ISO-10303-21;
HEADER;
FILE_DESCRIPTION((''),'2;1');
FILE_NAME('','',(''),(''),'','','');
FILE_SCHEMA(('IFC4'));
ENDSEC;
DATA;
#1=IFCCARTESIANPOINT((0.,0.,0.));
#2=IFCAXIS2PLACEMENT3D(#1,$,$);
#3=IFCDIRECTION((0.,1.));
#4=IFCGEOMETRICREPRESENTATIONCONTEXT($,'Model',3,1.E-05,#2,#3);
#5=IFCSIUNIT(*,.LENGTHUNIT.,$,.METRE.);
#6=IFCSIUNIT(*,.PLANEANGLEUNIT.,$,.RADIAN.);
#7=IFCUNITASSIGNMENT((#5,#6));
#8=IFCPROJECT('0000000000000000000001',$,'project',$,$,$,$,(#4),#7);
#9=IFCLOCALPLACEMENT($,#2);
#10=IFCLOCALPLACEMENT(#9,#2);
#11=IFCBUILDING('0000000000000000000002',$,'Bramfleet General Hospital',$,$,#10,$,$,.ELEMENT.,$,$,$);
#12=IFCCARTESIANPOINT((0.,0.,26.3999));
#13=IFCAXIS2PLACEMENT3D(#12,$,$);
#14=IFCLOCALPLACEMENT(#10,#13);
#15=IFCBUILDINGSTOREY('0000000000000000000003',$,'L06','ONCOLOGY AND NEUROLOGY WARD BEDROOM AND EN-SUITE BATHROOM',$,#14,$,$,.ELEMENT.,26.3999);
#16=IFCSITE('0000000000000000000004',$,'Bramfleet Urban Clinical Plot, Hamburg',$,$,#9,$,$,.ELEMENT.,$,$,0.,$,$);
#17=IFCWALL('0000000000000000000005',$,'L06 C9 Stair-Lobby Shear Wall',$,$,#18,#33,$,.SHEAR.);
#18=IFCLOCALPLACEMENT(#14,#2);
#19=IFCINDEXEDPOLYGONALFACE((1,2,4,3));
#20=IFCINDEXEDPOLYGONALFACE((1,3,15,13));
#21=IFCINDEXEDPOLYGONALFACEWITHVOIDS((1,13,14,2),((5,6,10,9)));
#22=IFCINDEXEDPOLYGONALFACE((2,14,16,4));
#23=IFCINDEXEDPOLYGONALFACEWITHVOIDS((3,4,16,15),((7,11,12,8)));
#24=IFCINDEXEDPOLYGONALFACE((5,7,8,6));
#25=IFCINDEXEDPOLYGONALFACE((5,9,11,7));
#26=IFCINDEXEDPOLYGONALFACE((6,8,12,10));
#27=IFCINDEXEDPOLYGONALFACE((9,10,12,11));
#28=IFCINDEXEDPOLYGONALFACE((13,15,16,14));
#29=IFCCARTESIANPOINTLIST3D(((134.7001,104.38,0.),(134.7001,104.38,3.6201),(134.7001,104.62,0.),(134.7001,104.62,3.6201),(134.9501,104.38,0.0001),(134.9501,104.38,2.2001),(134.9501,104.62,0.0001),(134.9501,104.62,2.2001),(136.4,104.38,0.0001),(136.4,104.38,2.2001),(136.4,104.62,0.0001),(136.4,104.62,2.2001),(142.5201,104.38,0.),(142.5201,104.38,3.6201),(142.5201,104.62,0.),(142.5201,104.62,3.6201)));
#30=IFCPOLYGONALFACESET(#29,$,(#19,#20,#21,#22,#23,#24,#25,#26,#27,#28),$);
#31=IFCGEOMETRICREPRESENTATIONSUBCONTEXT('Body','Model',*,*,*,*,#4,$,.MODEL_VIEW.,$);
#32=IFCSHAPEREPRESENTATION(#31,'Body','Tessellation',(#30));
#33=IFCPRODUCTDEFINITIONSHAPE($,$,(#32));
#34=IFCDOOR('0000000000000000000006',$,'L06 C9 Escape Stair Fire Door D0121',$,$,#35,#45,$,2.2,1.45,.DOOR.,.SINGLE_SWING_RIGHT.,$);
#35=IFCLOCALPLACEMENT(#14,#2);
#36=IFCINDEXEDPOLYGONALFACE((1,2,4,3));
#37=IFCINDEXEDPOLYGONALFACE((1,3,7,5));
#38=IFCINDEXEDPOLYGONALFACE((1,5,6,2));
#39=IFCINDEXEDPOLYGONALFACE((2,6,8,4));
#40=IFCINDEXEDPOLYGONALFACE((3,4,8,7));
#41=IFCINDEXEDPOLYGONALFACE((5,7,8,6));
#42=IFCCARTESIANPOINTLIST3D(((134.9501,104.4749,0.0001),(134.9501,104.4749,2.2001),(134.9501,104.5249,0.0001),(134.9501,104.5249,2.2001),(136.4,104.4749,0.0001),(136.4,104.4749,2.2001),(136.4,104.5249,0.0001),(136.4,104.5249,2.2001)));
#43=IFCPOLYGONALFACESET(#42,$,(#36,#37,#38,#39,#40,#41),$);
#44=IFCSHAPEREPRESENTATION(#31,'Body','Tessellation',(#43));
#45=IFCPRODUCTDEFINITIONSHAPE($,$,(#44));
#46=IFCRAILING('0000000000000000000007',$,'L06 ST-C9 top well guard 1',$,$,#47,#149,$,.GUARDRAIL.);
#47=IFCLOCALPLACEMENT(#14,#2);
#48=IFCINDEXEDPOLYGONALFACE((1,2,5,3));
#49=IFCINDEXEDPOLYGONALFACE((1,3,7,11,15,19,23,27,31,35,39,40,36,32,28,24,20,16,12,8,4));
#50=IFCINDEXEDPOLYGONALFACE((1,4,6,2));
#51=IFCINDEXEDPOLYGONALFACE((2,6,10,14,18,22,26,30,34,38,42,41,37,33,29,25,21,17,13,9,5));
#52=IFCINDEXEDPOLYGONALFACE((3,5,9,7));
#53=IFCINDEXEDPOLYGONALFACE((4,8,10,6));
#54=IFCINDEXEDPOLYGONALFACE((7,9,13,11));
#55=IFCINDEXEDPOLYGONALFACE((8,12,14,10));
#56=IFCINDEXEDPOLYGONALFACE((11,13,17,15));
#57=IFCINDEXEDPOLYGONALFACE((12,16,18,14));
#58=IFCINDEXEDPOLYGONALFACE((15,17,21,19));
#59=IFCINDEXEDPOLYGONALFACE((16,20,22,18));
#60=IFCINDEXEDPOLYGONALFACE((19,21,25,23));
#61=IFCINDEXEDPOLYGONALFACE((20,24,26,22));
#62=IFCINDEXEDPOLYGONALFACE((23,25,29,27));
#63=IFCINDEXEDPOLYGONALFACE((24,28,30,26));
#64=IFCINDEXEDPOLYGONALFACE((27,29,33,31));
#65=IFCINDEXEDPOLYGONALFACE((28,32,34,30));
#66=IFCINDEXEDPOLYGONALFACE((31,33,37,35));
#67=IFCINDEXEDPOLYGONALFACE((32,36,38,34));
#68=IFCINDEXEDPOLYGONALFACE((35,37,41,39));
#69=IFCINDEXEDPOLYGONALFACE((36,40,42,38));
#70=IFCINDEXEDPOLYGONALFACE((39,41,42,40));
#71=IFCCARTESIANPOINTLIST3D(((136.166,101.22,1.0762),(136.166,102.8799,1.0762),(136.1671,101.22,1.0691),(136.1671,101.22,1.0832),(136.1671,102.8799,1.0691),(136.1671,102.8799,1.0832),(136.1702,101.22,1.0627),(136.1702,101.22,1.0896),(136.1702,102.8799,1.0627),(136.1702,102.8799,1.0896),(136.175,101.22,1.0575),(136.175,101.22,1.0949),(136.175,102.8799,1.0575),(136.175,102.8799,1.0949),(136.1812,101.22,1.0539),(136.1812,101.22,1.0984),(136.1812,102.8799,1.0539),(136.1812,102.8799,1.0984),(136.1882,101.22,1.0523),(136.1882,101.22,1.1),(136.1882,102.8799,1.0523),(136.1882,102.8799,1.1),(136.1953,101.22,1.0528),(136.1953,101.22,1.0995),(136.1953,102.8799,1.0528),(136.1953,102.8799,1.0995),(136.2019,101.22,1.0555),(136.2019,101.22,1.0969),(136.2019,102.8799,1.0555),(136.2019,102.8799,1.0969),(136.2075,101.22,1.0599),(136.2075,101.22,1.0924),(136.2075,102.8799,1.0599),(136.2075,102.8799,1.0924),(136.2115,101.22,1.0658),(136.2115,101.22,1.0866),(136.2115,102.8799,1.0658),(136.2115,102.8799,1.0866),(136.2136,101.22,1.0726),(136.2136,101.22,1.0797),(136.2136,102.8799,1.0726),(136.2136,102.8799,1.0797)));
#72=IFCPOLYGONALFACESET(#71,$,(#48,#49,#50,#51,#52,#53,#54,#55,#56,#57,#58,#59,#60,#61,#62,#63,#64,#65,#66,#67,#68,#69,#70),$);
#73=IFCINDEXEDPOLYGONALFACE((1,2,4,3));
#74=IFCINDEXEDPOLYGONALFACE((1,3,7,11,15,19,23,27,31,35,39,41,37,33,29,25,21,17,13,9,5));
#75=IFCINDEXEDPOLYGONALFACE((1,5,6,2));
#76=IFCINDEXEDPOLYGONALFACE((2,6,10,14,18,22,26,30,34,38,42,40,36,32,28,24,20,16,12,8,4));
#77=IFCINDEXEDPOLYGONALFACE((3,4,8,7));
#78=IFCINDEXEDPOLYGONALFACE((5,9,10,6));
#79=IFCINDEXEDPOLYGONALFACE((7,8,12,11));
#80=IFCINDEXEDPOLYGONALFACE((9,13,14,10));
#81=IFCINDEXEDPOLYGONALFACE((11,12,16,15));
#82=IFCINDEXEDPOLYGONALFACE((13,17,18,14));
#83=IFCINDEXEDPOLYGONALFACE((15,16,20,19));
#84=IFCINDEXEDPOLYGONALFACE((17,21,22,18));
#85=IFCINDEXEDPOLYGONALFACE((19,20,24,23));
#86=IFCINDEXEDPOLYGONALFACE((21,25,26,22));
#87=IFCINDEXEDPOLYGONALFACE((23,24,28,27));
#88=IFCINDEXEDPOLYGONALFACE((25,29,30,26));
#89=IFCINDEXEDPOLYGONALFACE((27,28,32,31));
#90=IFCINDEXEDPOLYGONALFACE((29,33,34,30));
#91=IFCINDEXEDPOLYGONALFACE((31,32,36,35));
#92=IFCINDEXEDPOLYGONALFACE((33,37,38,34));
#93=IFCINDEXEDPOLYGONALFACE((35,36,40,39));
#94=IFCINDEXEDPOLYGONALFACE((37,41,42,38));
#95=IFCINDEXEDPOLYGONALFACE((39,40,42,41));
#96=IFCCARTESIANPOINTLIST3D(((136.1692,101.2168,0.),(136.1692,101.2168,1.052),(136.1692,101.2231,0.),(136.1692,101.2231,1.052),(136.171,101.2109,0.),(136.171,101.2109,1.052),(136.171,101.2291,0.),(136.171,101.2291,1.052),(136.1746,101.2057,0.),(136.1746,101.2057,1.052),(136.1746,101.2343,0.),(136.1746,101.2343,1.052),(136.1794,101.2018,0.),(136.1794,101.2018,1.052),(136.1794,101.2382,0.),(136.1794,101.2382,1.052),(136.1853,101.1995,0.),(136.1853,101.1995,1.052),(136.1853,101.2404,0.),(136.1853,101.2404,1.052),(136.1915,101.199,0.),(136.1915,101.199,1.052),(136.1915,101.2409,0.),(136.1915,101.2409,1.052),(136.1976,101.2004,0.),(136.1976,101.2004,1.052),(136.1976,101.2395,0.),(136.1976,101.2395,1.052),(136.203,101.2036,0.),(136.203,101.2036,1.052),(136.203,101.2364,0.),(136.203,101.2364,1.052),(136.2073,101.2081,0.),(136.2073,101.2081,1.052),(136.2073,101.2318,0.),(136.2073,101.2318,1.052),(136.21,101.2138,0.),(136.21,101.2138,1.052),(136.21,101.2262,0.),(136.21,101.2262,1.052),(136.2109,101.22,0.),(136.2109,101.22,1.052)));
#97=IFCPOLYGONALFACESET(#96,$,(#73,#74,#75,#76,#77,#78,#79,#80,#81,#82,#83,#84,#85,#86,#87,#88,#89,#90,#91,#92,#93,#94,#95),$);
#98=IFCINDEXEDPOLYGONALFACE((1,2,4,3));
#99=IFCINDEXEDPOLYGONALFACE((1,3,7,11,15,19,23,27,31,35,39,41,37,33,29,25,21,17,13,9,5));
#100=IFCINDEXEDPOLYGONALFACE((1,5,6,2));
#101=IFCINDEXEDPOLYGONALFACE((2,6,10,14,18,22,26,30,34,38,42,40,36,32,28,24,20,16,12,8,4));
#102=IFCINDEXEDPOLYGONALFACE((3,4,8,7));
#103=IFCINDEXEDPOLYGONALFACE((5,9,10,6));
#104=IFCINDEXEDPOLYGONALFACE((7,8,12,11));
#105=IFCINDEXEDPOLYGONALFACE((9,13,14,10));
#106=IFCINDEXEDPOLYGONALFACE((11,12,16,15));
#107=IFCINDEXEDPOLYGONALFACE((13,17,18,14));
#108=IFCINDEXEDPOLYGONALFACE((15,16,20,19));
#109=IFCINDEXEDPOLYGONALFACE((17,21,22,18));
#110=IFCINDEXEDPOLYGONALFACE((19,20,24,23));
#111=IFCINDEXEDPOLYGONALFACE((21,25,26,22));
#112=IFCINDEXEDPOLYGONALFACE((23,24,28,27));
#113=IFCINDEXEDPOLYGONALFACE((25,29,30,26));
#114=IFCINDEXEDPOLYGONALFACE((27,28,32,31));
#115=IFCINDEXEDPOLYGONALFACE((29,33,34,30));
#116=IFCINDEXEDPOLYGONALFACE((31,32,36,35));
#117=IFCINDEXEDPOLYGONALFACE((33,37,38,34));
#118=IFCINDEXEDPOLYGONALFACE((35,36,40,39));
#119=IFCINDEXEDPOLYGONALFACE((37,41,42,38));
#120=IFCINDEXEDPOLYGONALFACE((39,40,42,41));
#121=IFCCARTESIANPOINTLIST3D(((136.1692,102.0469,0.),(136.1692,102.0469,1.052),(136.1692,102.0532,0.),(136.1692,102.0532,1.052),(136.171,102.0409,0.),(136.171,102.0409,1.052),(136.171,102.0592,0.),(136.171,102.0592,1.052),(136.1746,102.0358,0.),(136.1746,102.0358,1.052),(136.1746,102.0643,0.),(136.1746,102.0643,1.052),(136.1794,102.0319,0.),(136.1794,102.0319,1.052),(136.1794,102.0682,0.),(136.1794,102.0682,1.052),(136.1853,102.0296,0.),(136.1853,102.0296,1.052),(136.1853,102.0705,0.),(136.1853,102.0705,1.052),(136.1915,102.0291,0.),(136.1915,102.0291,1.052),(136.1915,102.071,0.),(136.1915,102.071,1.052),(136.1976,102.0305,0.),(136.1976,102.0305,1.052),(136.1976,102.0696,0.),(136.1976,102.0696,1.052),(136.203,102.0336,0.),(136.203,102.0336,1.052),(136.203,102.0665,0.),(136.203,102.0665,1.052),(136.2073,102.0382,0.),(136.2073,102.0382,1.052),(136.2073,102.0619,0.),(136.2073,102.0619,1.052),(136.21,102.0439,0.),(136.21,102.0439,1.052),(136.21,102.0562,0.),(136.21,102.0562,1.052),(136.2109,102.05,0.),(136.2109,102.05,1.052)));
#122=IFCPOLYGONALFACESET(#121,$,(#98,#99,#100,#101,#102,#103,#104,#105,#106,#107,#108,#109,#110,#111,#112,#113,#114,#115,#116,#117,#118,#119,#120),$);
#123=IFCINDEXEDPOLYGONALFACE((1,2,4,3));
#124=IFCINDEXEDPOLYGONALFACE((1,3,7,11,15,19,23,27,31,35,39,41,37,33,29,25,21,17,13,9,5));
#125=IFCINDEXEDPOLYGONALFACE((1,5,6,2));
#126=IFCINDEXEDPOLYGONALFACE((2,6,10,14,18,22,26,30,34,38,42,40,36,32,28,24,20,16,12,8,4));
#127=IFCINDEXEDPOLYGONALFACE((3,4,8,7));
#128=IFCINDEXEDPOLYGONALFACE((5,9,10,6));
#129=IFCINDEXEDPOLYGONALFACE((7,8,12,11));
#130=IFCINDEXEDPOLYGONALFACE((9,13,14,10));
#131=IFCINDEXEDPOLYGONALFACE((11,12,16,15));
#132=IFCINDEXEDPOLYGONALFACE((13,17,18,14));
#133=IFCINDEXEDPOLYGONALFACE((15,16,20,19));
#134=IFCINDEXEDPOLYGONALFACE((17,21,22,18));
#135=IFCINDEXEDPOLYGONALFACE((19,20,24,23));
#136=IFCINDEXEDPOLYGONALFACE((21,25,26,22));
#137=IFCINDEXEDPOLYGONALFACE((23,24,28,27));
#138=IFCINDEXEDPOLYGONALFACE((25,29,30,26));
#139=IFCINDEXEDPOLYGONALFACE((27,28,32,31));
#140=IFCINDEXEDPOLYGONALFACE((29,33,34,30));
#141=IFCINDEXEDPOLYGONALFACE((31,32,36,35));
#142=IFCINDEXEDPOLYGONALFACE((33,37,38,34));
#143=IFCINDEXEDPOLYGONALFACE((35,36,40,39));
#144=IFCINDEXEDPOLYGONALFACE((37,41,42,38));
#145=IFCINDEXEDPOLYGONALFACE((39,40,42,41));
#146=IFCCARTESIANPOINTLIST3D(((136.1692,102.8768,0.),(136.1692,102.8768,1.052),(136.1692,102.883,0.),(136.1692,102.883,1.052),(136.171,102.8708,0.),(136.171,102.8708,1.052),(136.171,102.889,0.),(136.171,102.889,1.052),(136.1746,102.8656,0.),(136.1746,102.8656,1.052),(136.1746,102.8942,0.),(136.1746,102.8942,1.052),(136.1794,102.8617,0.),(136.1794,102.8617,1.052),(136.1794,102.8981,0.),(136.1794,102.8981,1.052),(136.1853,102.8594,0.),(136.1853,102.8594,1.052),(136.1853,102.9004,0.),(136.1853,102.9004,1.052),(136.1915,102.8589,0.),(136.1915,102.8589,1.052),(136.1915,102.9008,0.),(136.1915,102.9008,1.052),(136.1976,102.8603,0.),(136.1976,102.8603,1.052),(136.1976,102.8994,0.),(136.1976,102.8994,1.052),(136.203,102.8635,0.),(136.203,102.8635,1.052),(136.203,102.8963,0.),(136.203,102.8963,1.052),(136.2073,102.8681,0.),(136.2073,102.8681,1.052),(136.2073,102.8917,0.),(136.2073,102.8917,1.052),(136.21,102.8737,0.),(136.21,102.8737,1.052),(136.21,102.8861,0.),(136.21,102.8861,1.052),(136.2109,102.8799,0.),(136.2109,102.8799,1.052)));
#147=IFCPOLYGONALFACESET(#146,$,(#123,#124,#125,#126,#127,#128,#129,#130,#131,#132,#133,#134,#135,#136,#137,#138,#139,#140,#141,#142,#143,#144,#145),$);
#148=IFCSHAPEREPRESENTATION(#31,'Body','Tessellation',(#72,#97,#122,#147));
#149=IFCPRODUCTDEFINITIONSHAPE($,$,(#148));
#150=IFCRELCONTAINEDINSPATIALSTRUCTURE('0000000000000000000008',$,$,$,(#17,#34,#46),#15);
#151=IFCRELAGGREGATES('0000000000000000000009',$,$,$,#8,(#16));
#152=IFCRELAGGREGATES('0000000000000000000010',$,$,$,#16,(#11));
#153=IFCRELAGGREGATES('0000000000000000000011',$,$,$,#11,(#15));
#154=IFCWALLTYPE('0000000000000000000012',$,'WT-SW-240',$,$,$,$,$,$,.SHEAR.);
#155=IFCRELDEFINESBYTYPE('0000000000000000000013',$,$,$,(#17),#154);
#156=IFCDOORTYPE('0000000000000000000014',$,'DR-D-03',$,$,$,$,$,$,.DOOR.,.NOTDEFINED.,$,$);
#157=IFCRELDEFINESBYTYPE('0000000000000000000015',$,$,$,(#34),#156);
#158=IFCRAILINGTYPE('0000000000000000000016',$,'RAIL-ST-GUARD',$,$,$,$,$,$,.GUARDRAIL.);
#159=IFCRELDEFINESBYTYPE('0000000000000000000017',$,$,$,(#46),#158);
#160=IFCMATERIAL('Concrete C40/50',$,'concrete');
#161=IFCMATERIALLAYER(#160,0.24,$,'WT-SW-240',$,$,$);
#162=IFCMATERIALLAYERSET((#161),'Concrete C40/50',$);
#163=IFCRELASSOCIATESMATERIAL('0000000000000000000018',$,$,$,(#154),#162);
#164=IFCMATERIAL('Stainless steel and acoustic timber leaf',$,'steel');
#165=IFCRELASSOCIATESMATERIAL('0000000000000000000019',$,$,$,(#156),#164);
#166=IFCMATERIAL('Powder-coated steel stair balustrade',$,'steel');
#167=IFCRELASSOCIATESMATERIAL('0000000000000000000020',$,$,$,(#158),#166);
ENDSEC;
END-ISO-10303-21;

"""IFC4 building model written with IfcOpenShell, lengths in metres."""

from ifc_helpers import new_model, si_unit, direction, frame, frame_2d, origin, origin_2d, place, context, subcontext, project, spatial, rectangle, circle, extrude, material, layer, layer_set, type_object, element, fill, save


model = new_model("IFC4")

# Units and contexts
model_context = context("Model", 3, precision=1e-05, world=origin(), true_north=direction((0.0, 1.0)))
body_context = subcontext(model_context, "Body", "Model", "MODEL_VIEW")
ifc_project = project(units=[si_unit("LENGTHUNIT", "METRE"), si_unit("PLANEANGLEUNIT", "RADIAN")], contexts=[model_context])

# Site, building, storey
site_placement = place(None, origin())
site = spatial("IfcSite", under=ifc_project, at=site_placement, Name="Bramfleet Urban Clinical Plot, Hamburg", CompositionType="ELEMENT", RefElevation=0.0)
building_placement = place(site_placement, origin())
building = spatial("IfcBuilding", under=site, at=building_placement, Name="Bramfleet General Hospital", CompositionType="ELEMENT")
storey_placement = place(building_placement, frame((0.0, 0.0, 26.3999)))
storey = spatial("IfcBuildingStorey", under=building, at=storey_placement, Name="L06", Description="ONCOLOGY AND NEUROLOGY WARD BEDROOM AND EN-SUITE BATHROOM", CompositionType="ELEMENT", Elevation=26.3999)

# Shared definitions
ifc_material_1 = material(Name="Concrete C40/50", Category="concrete")

# Shared definitions
ifc_material_2 = material(Name="Stainless steel and acoustic timber leaf", Category="steel")

# Shared definitions
ifc_layer_1 = layer(ifc_material_1, 0.24, Name="WT-SW-240")
ifc_layer_set_1 = layer_set([ifc_layer_1], Name="Concrete C40/50")
wall_type_1 = type_object("IfcWallType", Name="WT-SW-240", PredefinedType="SHEAR", material=ifc_layer_set_1)

# Wall, opening, door
wall_1_placement = place(storey_placement, frame((134.7, 104.5, 0.0), z_axis=(0.0, 0.0, 1.0), x_axis=(1.0, 0.0, 0.0)))
wall_1 = element("IfcWall", 1, at=wall_1_placement, inside=storey, type_object=wall_type_1, Name="L06 C9 Stair-Lobby Shear Wall", PredefinedType="SHEAR", context=body_context, shape_type="SweptSolid", body=[
    extrude(rectangle(XDim=7.8201, YDim=0.24, at=frame_2d((3.9102, 0.0))), origin(), (0.0, 0.0, 1.0), 3.6201),
])
opening_1_placement = place(wall_1_placement, frame((0.25, 0.0, 0.0)))
opening_1 = element("IfcOpeningElement", 2, at=opening_1_placement, cuts=wall_1, PredefinedType="OPENING", context=body_context, shape_type="SweptSolid", body=[
    extrude(rectangle(XDim=1.45, YDim=2.2, at=frame_2d((0.7251, 1.1001))), frame((0.0, 0.1299, 0.0), z_axis=(0.0, -1.0, 0.0), x_axis=(1.0, 0.0, 0.0)), (0.0, 0.0, 1.0), 0.26),
])
door_type_1 = type_object("IfcDoorType", Name="DR-D-03", OperationType="NOTDEFINED", PredefinedType="DOOR", material=ifc_material_2)
door_1_placement = place(opening_1_placement, origin())
door_1 = element("IfcDoor", 3, at=door_1_placement, inside=storey, type_object=door_type_1, Name="L06 C9 Escape Stair Fire Door D0121", OperationType="SINGLE_SWING_RIGHT", OverallHeight=2.2, OverallWidth=1.45, PredefinedType="DOOR", context=body_context, shape_type="SweptSolid", body=[
    extrude(rectangle(XDim=1.45, YDim=2.2, at=frame_2d((0.7251, 1.1001))), frame((0.0, 0.0249, 0.0), z_axis=(0.0, -1.0, 0.0), x_axis=(1.0, 0.0, 0.0)), (0.0, 0.0, 1.0), 0.05),
])
fill(opening_1, door_1)

# Railing
ifc_material_3 = material(Name="Powder-coated steel stair balustrade", Category="steel")
railing_type = type_object("IfcRailingType", Name="RAIL-ST-GUARD", PredefinedType="GUARDRAIL", material=ifc_material_3)
railing_placement = place(storey_placement, frame((136.1899, 101.22, 0.0)))
element("IfcRailing", 4, at=railing_placement, inside=storey, type_object=railing_type, Name="L06 ST-C9 top well guard 1", PredefinedType="GUARDRAIL", context=body_context, shape_type="SweptSolid", body=[
    extrude(circle(Radius=0.0239, at=origin_2d()), frame((0.0, 0.0, 1.0762), z_axis=(0.0, 1.0, 0.0), x_axis=(-1.0, 0.0, 0.0)), (0.0, 0.0, 1.0), 1.6599),
    extrude(circle(Radius=0.021, at=origin_2d()), origin(), (0.0, 0.0, 1.0), 1.052),
    extrude(circle(Radius=0.021, at=origin_2d()), frame((0.0, 0.8301, 0.0)), (0.0, 0.0, 1.0), 1.052),
    extrude(circle(Radius=0.021, at=origin_2d()), frame((0.0, 1.6599, 0.0)), (0.0, 0.0, 1.0), 1.052),
])

save(model, "model.ifc")
